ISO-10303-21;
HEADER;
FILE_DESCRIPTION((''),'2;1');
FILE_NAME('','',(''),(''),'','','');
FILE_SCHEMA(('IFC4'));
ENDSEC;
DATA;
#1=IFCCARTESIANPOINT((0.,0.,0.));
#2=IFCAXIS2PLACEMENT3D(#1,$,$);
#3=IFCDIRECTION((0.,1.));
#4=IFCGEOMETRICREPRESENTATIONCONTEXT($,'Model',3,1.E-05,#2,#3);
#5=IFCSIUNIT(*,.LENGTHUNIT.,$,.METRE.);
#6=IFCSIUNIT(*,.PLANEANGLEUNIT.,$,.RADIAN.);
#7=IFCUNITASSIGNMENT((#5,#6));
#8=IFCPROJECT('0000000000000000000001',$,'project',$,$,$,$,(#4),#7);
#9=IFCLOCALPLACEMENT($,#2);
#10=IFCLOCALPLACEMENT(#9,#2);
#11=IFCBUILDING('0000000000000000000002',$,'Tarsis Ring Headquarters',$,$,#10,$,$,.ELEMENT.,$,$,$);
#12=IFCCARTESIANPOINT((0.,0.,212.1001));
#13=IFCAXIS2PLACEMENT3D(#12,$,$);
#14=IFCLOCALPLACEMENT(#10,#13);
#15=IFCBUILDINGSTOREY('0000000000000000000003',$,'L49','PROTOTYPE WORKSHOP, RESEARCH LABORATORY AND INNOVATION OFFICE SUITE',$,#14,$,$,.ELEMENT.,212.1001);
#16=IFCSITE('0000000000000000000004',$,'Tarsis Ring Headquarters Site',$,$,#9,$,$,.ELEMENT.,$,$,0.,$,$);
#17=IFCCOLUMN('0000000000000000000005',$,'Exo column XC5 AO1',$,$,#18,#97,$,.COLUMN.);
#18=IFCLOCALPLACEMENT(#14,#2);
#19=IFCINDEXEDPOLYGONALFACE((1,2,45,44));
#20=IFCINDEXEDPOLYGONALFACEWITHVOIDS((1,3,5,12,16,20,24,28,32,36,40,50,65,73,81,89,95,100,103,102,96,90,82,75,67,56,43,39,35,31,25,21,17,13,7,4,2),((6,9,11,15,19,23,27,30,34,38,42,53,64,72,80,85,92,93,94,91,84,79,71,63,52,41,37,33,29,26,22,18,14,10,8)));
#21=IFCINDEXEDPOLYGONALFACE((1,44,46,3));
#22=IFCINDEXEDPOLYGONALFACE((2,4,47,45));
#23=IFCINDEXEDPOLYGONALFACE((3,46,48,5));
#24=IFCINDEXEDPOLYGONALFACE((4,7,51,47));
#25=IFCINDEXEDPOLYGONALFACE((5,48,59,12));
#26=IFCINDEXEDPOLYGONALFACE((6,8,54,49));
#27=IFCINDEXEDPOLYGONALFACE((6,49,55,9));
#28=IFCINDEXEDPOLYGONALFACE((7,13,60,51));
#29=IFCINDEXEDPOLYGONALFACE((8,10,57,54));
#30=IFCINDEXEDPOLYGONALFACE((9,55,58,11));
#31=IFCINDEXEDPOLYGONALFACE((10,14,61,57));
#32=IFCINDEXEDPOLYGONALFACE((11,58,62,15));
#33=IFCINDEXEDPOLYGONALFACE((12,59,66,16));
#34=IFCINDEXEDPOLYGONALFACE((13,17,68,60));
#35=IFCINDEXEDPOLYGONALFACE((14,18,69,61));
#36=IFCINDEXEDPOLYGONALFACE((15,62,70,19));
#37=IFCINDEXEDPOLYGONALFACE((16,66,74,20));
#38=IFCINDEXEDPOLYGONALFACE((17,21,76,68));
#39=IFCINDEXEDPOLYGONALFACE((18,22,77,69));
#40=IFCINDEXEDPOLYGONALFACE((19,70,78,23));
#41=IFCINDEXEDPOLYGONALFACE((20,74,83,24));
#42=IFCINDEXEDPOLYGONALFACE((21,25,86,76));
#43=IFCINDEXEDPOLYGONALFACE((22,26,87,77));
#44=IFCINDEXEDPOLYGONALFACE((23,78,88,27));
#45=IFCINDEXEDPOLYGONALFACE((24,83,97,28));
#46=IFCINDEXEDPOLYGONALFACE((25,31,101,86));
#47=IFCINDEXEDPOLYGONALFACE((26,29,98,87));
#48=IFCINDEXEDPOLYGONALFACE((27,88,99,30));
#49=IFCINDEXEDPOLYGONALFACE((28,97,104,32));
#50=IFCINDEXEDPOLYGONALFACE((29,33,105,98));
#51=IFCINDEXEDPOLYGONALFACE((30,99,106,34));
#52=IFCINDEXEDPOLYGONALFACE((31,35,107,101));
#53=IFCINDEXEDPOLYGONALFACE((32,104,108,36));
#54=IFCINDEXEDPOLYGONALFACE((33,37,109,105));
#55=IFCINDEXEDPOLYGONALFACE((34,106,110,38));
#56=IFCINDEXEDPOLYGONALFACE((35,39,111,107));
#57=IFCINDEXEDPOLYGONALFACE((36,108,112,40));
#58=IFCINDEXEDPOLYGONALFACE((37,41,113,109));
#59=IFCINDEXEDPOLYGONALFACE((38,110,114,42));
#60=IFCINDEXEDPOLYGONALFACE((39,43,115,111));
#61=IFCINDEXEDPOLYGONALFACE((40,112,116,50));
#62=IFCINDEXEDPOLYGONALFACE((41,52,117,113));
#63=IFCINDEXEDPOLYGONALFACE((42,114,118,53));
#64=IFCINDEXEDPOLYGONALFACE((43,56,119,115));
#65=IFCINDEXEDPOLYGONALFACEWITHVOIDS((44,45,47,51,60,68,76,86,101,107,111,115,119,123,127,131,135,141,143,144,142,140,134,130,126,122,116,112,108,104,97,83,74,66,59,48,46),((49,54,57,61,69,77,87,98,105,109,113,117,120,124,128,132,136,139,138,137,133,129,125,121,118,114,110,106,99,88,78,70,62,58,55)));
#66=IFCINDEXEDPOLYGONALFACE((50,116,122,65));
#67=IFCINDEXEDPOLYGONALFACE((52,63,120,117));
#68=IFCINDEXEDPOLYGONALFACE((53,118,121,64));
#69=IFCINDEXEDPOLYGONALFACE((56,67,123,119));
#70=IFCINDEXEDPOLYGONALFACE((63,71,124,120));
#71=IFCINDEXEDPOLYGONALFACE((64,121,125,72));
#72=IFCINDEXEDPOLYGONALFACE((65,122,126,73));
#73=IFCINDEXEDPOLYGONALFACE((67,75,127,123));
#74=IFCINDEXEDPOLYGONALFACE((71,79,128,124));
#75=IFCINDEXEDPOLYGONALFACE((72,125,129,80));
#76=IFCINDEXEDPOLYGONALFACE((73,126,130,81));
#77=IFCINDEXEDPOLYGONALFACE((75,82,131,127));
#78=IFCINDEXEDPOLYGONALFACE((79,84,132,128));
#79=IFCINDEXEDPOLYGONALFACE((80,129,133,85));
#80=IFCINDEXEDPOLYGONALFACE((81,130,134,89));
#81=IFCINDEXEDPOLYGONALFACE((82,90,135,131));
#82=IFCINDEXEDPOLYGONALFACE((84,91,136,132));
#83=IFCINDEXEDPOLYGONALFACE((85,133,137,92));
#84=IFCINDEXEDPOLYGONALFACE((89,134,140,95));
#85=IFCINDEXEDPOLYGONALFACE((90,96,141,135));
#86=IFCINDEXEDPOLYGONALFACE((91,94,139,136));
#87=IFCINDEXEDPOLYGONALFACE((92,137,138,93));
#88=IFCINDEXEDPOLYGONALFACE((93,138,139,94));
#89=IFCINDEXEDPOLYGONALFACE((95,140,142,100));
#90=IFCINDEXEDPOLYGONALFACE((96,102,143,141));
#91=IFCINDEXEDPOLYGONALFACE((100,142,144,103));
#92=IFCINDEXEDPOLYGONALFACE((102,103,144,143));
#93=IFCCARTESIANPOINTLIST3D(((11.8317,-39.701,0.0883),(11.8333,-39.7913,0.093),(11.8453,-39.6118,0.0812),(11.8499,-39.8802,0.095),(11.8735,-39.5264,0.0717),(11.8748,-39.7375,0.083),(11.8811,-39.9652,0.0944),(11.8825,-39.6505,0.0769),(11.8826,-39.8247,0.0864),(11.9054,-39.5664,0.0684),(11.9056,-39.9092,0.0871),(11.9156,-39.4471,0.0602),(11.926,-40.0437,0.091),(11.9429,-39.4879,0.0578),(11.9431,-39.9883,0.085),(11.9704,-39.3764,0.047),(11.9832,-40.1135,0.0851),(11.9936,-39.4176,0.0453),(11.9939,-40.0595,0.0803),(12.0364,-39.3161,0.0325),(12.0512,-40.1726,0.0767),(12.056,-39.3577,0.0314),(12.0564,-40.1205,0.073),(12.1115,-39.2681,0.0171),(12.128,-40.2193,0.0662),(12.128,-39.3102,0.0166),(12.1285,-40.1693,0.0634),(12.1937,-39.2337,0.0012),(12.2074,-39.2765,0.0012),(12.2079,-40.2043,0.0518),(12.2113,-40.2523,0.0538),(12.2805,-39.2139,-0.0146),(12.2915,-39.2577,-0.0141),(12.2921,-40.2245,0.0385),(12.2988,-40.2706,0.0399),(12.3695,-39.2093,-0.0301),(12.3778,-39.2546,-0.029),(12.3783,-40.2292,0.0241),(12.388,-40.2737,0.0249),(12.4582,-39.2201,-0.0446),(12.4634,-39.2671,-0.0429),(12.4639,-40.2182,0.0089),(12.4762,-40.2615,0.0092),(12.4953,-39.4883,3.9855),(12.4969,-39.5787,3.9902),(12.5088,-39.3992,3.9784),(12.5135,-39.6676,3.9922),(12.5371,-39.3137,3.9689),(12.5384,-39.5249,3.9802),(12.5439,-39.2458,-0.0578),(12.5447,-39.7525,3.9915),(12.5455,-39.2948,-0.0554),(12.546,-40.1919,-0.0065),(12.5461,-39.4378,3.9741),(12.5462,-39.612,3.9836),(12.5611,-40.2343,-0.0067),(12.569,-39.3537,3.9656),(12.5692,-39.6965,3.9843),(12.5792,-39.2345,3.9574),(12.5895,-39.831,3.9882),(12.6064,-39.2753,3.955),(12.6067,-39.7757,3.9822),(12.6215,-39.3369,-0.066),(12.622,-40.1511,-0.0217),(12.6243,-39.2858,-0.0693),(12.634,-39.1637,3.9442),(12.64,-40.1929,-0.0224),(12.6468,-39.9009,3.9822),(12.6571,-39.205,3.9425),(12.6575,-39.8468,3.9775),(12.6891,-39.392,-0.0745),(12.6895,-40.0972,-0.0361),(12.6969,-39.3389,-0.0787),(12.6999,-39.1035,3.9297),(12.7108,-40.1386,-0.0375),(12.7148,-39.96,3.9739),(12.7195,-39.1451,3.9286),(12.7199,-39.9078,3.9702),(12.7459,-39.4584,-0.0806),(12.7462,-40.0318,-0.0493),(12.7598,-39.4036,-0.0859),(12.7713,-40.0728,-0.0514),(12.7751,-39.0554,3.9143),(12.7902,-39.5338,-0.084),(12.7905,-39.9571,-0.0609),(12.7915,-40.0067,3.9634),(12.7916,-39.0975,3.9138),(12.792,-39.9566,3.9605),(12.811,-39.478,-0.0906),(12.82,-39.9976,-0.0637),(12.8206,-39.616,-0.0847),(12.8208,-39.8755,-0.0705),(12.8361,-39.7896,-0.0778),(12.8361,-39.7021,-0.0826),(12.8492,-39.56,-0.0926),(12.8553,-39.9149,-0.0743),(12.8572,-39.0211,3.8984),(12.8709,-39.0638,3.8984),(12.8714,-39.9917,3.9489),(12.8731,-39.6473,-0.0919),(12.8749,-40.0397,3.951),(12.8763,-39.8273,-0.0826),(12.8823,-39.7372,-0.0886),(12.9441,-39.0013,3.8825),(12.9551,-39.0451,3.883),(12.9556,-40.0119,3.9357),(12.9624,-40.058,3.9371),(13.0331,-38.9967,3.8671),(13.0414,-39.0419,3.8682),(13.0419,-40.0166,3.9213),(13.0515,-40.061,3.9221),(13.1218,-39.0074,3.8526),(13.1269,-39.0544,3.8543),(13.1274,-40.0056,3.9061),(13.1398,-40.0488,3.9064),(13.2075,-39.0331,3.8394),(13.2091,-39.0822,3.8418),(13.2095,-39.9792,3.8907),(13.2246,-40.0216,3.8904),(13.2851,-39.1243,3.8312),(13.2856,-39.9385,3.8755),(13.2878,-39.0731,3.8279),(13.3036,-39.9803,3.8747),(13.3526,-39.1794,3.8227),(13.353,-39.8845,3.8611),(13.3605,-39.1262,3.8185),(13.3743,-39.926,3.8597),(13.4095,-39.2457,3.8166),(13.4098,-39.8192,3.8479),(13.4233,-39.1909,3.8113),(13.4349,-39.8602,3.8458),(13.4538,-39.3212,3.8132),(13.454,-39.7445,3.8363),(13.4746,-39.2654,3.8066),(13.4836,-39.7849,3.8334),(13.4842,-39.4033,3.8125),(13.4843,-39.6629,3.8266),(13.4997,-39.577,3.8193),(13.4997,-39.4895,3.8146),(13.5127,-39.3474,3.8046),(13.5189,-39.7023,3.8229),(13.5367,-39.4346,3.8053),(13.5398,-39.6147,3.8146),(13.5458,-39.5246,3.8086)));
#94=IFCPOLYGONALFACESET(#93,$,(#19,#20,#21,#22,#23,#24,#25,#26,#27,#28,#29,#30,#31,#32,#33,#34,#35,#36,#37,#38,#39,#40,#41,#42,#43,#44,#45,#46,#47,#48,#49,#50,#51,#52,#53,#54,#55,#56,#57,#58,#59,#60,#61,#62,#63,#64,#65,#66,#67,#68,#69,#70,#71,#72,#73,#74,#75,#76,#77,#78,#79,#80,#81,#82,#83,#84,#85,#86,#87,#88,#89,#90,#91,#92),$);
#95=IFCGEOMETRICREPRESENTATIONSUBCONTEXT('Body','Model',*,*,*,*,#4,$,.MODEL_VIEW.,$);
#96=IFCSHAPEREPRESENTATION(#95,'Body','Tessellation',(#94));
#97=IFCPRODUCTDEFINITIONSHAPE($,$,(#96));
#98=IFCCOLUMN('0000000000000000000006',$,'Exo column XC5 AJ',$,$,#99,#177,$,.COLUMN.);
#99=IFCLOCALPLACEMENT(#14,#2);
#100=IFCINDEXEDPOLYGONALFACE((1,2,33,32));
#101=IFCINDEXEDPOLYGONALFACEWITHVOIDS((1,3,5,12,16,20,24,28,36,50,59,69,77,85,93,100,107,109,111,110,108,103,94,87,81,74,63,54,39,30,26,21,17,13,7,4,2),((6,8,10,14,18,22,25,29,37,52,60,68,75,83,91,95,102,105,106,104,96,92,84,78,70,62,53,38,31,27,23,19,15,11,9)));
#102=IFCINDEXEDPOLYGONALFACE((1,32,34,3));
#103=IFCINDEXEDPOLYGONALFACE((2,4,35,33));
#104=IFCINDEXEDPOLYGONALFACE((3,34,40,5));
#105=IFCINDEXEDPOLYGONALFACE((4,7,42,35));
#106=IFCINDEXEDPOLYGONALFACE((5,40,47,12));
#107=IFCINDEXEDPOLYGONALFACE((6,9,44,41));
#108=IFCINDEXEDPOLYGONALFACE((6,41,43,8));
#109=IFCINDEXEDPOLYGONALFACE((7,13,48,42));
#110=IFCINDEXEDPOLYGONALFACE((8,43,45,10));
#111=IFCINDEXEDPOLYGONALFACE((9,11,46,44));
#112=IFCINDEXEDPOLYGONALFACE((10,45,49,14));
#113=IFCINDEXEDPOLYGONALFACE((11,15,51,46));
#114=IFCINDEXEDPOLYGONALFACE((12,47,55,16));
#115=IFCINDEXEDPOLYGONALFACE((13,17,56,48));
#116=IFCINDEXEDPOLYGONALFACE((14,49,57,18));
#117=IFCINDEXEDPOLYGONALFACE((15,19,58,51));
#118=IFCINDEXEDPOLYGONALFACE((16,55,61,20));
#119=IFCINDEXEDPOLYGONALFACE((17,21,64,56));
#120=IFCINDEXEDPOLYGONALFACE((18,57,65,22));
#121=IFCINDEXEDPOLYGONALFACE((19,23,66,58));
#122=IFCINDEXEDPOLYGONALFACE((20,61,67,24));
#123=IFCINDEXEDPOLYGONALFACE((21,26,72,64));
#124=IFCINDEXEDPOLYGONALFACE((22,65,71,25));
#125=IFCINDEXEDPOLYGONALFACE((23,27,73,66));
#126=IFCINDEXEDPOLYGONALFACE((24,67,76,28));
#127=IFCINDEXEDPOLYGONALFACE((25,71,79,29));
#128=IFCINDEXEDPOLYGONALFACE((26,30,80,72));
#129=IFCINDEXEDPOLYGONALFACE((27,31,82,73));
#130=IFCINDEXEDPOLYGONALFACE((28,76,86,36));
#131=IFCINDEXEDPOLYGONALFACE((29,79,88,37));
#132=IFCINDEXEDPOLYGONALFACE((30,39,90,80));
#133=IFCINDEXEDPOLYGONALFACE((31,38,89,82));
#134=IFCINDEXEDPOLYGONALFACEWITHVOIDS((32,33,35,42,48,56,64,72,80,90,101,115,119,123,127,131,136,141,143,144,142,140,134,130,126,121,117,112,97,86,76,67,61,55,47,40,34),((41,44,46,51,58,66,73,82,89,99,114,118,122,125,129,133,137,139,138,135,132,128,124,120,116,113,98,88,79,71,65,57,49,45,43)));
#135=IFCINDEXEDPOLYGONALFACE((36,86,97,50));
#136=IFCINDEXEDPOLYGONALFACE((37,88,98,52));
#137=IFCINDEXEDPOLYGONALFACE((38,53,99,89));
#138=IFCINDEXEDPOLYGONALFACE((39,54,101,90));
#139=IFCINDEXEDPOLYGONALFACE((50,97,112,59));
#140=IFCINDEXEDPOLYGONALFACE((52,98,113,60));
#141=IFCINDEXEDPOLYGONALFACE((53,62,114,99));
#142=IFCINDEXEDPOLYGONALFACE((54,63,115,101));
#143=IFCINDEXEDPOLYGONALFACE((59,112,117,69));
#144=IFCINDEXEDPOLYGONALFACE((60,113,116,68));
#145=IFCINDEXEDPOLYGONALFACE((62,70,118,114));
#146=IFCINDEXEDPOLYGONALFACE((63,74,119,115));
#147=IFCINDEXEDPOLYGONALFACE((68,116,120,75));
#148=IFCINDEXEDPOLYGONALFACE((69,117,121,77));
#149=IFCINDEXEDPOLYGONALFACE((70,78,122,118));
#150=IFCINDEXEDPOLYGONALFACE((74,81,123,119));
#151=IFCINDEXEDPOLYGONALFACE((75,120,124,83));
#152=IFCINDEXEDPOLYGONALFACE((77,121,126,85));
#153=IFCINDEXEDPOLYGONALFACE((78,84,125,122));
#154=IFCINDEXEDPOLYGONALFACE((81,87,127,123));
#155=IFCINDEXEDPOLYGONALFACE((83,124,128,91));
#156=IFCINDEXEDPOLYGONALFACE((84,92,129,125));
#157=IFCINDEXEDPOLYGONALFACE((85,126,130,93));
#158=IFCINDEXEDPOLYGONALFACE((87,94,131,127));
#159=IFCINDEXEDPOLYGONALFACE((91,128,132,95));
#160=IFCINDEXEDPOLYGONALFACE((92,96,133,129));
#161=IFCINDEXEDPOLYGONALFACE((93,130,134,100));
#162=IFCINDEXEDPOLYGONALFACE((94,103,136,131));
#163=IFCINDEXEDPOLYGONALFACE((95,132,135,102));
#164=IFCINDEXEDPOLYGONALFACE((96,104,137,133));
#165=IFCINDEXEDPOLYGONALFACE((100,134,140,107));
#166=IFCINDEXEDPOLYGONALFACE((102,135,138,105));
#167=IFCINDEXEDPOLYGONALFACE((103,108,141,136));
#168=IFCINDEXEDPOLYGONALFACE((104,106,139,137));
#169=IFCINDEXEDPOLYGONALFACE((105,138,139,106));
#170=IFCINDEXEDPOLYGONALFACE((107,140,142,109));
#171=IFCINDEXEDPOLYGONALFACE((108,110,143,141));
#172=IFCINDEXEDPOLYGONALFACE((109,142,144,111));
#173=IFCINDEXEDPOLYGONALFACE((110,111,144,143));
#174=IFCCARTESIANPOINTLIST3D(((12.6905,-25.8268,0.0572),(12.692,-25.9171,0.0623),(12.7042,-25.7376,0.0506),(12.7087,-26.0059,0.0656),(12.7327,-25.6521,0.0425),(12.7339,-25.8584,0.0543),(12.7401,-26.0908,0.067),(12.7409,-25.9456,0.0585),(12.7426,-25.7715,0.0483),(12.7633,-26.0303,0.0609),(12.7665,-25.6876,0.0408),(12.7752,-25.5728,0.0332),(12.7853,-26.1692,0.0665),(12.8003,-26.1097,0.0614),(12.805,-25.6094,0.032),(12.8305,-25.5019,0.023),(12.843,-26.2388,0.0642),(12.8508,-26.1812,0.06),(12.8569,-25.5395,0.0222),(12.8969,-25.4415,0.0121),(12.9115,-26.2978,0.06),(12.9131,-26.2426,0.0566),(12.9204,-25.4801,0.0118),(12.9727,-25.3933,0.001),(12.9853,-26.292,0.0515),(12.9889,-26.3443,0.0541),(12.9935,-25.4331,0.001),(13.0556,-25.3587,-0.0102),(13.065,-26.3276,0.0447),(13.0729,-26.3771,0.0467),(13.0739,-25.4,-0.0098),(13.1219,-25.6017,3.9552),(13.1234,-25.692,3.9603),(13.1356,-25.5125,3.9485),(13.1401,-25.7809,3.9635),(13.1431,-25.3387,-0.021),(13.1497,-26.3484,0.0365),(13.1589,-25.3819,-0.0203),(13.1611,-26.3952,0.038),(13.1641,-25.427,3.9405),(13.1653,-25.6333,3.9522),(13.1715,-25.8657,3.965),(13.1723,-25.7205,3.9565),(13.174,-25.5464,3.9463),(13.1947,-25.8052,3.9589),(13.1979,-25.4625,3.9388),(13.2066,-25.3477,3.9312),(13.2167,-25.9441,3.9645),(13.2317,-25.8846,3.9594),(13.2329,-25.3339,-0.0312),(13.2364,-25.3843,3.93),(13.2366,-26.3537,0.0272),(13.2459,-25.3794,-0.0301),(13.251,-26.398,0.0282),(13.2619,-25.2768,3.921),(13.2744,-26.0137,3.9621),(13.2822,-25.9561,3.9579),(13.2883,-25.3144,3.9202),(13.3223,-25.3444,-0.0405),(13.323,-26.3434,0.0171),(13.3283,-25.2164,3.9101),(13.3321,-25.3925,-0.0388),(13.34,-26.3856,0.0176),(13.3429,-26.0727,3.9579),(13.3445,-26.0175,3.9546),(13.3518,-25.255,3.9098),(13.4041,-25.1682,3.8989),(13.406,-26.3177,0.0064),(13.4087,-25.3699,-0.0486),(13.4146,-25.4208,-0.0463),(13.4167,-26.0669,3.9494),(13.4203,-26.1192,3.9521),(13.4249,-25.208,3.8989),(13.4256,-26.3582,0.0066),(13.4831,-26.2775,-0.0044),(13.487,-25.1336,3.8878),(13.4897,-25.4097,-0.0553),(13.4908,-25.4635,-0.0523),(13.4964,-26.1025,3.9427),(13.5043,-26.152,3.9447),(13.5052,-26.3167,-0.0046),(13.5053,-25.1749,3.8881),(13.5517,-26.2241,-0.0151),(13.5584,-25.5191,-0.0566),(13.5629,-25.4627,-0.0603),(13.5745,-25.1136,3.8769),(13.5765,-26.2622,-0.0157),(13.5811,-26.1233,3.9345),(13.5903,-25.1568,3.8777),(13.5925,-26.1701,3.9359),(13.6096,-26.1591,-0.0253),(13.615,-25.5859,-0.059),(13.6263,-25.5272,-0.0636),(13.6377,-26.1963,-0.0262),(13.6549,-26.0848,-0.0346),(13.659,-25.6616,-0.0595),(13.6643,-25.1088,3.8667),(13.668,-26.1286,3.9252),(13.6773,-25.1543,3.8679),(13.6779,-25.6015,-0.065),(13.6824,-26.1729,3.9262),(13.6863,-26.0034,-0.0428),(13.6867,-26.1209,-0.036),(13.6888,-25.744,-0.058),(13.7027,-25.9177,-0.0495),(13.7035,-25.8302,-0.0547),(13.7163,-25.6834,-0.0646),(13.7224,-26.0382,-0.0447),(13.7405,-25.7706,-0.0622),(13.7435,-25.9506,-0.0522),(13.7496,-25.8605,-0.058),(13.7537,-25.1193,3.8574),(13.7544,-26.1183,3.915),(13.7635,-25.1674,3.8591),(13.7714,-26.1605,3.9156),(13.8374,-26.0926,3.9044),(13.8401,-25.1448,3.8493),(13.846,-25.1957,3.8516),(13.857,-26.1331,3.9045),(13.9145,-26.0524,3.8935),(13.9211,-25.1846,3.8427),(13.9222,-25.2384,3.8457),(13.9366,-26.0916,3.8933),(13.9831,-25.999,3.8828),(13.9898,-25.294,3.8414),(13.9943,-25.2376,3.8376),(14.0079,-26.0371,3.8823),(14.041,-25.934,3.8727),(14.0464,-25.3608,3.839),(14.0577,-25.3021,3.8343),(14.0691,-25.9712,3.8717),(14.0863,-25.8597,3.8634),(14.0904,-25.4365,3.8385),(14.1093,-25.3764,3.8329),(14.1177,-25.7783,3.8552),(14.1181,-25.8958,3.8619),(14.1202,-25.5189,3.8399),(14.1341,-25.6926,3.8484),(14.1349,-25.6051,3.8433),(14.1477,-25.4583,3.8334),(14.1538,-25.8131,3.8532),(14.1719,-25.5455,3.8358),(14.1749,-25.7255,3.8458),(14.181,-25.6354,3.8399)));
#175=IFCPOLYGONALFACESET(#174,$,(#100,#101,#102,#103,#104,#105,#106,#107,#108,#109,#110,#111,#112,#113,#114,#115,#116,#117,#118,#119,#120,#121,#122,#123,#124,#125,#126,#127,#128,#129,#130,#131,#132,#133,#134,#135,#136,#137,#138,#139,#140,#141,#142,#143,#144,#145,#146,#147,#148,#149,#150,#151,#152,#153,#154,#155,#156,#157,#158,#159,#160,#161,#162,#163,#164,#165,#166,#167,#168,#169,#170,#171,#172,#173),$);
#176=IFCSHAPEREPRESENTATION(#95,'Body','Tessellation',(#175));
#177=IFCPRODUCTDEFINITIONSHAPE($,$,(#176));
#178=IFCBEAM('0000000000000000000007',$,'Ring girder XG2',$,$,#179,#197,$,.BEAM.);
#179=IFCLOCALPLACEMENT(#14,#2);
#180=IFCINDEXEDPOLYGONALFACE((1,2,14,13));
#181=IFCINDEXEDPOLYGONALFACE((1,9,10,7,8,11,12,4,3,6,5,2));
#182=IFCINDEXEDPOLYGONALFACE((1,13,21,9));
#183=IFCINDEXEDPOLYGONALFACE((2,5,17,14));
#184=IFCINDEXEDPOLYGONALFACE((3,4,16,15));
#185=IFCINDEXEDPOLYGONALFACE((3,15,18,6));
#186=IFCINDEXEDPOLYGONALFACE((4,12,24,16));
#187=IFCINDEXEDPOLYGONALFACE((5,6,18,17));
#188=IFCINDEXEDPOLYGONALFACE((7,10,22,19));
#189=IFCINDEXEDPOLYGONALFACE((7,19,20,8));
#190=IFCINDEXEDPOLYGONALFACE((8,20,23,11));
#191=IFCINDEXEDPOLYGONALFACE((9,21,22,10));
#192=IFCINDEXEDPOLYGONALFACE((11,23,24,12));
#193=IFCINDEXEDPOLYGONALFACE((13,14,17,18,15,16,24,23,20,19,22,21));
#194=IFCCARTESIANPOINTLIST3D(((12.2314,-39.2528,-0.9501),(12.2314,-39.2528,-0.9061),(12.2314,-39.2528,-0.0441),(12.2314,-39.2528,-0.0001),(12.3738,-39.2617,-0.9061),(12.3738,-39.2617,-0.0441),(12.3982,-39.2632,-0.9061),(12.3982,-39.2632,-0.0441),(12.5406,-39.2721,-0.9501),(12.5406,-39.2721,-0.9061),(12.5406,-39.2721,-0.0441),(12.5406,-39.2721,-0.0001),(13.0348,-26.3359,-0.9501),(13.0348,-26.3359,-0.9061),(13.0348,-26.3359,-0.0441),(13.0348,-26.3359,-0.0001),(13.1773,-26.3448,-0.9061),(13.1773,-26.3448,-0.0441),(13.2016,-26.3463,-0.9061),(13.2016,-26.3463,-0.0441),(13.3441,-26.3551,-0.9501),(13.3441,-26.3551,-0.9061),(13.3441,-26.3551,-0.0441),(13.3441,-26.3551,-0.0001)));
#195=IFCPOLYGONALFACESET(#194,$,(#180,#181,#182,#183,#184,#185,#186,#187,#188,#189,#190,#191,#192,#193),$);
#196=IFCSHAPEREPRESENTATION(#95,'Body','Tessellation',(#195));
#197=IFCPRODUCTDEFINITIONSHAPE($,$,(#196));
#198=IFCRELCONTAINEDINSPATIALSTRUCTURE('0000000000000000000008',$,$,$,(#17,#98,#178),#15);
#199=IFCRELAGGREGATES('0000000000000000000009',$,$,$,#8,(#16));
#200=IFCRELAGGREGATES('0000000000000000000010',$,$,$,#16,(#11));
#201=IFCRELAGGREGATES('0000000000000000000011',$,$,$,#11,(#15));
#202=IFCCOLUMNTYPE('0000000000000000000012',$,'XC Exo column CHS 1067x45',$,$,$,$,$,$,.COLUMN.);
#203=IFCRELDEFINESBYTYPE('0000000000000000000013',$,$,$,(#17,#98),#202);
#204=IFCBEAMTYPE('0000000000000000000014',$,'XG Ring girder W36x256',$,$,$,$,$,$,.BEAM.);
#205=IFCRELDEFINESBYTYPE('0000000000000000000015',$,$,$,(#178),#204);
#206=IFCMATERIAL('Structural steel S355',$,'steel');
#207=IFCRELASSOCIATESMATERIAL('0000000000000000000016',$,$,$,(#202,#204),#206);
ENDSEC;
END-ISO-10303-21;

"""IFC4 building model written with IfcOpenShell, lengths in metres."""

from ifc_helpers import new_model, si_unit, direction, frame, origin, origin_2d, place, context, subcontext, project, spatial, hollow_circle, i_section, extrude, material, material_profile, profile_set, type_object, element, save


model = new_model("IFC4")

# Units and contexts
model_context = context("Model", 3, precision=1e-05, world=origin(), true_north=direction((0.0, 1.0)))
body_context = subcontext(model_context, "Body", "Model", "MODEL_VIEW")
ifc_project = project(units=[si_unit("LENGTHUNIT", "METRE"), si_unit("PLANEANGLEUNIT", "RADIAN")], contexts=[model_context])

# Site, building, storey
site_placement = place(None, origin())
site = spatial("IfcSite", under=ifc_project, at=site_placement, Name="Tarsis Ring Headquarters Site", CompositionType="ELEMENT", RefElevation=0.0)
building_placement = place(site_placement, origin())
building = spatial("IfcBuilding", under=site, at=building_placement, Name="Tarsis Ring Headquarters", CompositionType="ELEMENT")
storey_placement = place(building_placement, frame((0.0, 0.0, 212.1001)))
storey = spatial("IfcBuildingStorey", under=building, at=storey_placement, Name="L49", Description="PROTOTYPE WORKSHOP, RESEARCH LABORATORY AND INNOVATION OFFICE SUITE", CompositionType="ELEMENT", Elevation=212.1001)

# Columns
ifc_material_1 = material(Name="Structural steel S355", Category="steel")
ifc_material_profile_1 = material_profile(ifc_material_1, hollow_circle(Radius=0.5334, WallThickness=0.0449, at=origin_2d()), Name="CHS 1067x45")
ifc_profile_set_1 = profile_set([ifc_material_profile_1], Name="Structural steel S355")
column_type = type_object("IfcColumnType", Name="XC Exo column CHS 1067x45", PredefinedType="COLUMN", material=ifc_profile_set_1)
column_1_placement = place(storey_placement, frame((12.3564, -39.7417, 0.0012), z_axis=(0.167611, 0.053712, 0.984389), x_axis=(-0.30517, 0.952298, 0.0)))
element("IfcColumn", 1, at=column_1_placement, inside=storey, type_object=column_type, Name="Exo column XC5 AO1", PredefinedType="COLUMN", context=body_context, shape_type="SweptSolid", body=[
    extrude(hollow_circle(Radius=0.5334, WallThickness=0.0449, at=origin_2d()), origin(), (0.0, 0.0, 1.0), 3.959),
])
column_2_placement = place(storey_placement, frame((13.2195, -25.8662, 0.001), z_axis=(0.10982, 0.057303, 0.992298), x_axis=(-0.4626, 0.886567, 0.0)))
element("IfcColumn", 2, at=column_2_placement, inside=storey, type_object=column_type, Name="Exo column XC5 AJ", PredefinedType="COLUMN", context=body_context, shape_type="SweptSolid", body=[
    extrude(hollow_circle(Radius=0.5334, WallThickness=0.0449, at=origin_2d()), origin(), (0.0, 0.0, 1.0), 3.9282),
])

# Beam
ifc_material_profile_2 = material_profile(ifc_material_1, i_section(OverallWidth=0.3098, OverallDepth=0.95, WebThickness=0.0244, FlangeThickness=0.0439, at=origin_2d()), Name="W36x256")
ifc_profile_set_2 = profile_set([ifc_material_profile_2], Name="Structural steel S355")
beam_type = type_object("IfcBeamType", Name="XG Ring girder W36x256", PredefinedType="BEAM", material=ifc_profile_set_2)
beam_1_placement = place(storey_placement, frame((12.386, -39.2625, -0.4751), z_axis=(0.062082, 0.998071, 0.0), x_axis=(-0.998071, 0.062082, 0.0)))
element("IfcBeam", 3, at=beam_1_placement, inside=storey, type_object=beam_type, Name="Ring girder XG2", PredefinedType="BEAM", context=body_context, shape_type="SweptSolid", body=[
    extrude(i_section(OverallWidth=0.3098, OverallDepth=0.95, WebThickness=0.0244, FlangeThickness=0.0439, at=origin_2d()), origin(), (0.0, 0.0, 1.0), 12.9419),
])

save(model, "model.ifc")
